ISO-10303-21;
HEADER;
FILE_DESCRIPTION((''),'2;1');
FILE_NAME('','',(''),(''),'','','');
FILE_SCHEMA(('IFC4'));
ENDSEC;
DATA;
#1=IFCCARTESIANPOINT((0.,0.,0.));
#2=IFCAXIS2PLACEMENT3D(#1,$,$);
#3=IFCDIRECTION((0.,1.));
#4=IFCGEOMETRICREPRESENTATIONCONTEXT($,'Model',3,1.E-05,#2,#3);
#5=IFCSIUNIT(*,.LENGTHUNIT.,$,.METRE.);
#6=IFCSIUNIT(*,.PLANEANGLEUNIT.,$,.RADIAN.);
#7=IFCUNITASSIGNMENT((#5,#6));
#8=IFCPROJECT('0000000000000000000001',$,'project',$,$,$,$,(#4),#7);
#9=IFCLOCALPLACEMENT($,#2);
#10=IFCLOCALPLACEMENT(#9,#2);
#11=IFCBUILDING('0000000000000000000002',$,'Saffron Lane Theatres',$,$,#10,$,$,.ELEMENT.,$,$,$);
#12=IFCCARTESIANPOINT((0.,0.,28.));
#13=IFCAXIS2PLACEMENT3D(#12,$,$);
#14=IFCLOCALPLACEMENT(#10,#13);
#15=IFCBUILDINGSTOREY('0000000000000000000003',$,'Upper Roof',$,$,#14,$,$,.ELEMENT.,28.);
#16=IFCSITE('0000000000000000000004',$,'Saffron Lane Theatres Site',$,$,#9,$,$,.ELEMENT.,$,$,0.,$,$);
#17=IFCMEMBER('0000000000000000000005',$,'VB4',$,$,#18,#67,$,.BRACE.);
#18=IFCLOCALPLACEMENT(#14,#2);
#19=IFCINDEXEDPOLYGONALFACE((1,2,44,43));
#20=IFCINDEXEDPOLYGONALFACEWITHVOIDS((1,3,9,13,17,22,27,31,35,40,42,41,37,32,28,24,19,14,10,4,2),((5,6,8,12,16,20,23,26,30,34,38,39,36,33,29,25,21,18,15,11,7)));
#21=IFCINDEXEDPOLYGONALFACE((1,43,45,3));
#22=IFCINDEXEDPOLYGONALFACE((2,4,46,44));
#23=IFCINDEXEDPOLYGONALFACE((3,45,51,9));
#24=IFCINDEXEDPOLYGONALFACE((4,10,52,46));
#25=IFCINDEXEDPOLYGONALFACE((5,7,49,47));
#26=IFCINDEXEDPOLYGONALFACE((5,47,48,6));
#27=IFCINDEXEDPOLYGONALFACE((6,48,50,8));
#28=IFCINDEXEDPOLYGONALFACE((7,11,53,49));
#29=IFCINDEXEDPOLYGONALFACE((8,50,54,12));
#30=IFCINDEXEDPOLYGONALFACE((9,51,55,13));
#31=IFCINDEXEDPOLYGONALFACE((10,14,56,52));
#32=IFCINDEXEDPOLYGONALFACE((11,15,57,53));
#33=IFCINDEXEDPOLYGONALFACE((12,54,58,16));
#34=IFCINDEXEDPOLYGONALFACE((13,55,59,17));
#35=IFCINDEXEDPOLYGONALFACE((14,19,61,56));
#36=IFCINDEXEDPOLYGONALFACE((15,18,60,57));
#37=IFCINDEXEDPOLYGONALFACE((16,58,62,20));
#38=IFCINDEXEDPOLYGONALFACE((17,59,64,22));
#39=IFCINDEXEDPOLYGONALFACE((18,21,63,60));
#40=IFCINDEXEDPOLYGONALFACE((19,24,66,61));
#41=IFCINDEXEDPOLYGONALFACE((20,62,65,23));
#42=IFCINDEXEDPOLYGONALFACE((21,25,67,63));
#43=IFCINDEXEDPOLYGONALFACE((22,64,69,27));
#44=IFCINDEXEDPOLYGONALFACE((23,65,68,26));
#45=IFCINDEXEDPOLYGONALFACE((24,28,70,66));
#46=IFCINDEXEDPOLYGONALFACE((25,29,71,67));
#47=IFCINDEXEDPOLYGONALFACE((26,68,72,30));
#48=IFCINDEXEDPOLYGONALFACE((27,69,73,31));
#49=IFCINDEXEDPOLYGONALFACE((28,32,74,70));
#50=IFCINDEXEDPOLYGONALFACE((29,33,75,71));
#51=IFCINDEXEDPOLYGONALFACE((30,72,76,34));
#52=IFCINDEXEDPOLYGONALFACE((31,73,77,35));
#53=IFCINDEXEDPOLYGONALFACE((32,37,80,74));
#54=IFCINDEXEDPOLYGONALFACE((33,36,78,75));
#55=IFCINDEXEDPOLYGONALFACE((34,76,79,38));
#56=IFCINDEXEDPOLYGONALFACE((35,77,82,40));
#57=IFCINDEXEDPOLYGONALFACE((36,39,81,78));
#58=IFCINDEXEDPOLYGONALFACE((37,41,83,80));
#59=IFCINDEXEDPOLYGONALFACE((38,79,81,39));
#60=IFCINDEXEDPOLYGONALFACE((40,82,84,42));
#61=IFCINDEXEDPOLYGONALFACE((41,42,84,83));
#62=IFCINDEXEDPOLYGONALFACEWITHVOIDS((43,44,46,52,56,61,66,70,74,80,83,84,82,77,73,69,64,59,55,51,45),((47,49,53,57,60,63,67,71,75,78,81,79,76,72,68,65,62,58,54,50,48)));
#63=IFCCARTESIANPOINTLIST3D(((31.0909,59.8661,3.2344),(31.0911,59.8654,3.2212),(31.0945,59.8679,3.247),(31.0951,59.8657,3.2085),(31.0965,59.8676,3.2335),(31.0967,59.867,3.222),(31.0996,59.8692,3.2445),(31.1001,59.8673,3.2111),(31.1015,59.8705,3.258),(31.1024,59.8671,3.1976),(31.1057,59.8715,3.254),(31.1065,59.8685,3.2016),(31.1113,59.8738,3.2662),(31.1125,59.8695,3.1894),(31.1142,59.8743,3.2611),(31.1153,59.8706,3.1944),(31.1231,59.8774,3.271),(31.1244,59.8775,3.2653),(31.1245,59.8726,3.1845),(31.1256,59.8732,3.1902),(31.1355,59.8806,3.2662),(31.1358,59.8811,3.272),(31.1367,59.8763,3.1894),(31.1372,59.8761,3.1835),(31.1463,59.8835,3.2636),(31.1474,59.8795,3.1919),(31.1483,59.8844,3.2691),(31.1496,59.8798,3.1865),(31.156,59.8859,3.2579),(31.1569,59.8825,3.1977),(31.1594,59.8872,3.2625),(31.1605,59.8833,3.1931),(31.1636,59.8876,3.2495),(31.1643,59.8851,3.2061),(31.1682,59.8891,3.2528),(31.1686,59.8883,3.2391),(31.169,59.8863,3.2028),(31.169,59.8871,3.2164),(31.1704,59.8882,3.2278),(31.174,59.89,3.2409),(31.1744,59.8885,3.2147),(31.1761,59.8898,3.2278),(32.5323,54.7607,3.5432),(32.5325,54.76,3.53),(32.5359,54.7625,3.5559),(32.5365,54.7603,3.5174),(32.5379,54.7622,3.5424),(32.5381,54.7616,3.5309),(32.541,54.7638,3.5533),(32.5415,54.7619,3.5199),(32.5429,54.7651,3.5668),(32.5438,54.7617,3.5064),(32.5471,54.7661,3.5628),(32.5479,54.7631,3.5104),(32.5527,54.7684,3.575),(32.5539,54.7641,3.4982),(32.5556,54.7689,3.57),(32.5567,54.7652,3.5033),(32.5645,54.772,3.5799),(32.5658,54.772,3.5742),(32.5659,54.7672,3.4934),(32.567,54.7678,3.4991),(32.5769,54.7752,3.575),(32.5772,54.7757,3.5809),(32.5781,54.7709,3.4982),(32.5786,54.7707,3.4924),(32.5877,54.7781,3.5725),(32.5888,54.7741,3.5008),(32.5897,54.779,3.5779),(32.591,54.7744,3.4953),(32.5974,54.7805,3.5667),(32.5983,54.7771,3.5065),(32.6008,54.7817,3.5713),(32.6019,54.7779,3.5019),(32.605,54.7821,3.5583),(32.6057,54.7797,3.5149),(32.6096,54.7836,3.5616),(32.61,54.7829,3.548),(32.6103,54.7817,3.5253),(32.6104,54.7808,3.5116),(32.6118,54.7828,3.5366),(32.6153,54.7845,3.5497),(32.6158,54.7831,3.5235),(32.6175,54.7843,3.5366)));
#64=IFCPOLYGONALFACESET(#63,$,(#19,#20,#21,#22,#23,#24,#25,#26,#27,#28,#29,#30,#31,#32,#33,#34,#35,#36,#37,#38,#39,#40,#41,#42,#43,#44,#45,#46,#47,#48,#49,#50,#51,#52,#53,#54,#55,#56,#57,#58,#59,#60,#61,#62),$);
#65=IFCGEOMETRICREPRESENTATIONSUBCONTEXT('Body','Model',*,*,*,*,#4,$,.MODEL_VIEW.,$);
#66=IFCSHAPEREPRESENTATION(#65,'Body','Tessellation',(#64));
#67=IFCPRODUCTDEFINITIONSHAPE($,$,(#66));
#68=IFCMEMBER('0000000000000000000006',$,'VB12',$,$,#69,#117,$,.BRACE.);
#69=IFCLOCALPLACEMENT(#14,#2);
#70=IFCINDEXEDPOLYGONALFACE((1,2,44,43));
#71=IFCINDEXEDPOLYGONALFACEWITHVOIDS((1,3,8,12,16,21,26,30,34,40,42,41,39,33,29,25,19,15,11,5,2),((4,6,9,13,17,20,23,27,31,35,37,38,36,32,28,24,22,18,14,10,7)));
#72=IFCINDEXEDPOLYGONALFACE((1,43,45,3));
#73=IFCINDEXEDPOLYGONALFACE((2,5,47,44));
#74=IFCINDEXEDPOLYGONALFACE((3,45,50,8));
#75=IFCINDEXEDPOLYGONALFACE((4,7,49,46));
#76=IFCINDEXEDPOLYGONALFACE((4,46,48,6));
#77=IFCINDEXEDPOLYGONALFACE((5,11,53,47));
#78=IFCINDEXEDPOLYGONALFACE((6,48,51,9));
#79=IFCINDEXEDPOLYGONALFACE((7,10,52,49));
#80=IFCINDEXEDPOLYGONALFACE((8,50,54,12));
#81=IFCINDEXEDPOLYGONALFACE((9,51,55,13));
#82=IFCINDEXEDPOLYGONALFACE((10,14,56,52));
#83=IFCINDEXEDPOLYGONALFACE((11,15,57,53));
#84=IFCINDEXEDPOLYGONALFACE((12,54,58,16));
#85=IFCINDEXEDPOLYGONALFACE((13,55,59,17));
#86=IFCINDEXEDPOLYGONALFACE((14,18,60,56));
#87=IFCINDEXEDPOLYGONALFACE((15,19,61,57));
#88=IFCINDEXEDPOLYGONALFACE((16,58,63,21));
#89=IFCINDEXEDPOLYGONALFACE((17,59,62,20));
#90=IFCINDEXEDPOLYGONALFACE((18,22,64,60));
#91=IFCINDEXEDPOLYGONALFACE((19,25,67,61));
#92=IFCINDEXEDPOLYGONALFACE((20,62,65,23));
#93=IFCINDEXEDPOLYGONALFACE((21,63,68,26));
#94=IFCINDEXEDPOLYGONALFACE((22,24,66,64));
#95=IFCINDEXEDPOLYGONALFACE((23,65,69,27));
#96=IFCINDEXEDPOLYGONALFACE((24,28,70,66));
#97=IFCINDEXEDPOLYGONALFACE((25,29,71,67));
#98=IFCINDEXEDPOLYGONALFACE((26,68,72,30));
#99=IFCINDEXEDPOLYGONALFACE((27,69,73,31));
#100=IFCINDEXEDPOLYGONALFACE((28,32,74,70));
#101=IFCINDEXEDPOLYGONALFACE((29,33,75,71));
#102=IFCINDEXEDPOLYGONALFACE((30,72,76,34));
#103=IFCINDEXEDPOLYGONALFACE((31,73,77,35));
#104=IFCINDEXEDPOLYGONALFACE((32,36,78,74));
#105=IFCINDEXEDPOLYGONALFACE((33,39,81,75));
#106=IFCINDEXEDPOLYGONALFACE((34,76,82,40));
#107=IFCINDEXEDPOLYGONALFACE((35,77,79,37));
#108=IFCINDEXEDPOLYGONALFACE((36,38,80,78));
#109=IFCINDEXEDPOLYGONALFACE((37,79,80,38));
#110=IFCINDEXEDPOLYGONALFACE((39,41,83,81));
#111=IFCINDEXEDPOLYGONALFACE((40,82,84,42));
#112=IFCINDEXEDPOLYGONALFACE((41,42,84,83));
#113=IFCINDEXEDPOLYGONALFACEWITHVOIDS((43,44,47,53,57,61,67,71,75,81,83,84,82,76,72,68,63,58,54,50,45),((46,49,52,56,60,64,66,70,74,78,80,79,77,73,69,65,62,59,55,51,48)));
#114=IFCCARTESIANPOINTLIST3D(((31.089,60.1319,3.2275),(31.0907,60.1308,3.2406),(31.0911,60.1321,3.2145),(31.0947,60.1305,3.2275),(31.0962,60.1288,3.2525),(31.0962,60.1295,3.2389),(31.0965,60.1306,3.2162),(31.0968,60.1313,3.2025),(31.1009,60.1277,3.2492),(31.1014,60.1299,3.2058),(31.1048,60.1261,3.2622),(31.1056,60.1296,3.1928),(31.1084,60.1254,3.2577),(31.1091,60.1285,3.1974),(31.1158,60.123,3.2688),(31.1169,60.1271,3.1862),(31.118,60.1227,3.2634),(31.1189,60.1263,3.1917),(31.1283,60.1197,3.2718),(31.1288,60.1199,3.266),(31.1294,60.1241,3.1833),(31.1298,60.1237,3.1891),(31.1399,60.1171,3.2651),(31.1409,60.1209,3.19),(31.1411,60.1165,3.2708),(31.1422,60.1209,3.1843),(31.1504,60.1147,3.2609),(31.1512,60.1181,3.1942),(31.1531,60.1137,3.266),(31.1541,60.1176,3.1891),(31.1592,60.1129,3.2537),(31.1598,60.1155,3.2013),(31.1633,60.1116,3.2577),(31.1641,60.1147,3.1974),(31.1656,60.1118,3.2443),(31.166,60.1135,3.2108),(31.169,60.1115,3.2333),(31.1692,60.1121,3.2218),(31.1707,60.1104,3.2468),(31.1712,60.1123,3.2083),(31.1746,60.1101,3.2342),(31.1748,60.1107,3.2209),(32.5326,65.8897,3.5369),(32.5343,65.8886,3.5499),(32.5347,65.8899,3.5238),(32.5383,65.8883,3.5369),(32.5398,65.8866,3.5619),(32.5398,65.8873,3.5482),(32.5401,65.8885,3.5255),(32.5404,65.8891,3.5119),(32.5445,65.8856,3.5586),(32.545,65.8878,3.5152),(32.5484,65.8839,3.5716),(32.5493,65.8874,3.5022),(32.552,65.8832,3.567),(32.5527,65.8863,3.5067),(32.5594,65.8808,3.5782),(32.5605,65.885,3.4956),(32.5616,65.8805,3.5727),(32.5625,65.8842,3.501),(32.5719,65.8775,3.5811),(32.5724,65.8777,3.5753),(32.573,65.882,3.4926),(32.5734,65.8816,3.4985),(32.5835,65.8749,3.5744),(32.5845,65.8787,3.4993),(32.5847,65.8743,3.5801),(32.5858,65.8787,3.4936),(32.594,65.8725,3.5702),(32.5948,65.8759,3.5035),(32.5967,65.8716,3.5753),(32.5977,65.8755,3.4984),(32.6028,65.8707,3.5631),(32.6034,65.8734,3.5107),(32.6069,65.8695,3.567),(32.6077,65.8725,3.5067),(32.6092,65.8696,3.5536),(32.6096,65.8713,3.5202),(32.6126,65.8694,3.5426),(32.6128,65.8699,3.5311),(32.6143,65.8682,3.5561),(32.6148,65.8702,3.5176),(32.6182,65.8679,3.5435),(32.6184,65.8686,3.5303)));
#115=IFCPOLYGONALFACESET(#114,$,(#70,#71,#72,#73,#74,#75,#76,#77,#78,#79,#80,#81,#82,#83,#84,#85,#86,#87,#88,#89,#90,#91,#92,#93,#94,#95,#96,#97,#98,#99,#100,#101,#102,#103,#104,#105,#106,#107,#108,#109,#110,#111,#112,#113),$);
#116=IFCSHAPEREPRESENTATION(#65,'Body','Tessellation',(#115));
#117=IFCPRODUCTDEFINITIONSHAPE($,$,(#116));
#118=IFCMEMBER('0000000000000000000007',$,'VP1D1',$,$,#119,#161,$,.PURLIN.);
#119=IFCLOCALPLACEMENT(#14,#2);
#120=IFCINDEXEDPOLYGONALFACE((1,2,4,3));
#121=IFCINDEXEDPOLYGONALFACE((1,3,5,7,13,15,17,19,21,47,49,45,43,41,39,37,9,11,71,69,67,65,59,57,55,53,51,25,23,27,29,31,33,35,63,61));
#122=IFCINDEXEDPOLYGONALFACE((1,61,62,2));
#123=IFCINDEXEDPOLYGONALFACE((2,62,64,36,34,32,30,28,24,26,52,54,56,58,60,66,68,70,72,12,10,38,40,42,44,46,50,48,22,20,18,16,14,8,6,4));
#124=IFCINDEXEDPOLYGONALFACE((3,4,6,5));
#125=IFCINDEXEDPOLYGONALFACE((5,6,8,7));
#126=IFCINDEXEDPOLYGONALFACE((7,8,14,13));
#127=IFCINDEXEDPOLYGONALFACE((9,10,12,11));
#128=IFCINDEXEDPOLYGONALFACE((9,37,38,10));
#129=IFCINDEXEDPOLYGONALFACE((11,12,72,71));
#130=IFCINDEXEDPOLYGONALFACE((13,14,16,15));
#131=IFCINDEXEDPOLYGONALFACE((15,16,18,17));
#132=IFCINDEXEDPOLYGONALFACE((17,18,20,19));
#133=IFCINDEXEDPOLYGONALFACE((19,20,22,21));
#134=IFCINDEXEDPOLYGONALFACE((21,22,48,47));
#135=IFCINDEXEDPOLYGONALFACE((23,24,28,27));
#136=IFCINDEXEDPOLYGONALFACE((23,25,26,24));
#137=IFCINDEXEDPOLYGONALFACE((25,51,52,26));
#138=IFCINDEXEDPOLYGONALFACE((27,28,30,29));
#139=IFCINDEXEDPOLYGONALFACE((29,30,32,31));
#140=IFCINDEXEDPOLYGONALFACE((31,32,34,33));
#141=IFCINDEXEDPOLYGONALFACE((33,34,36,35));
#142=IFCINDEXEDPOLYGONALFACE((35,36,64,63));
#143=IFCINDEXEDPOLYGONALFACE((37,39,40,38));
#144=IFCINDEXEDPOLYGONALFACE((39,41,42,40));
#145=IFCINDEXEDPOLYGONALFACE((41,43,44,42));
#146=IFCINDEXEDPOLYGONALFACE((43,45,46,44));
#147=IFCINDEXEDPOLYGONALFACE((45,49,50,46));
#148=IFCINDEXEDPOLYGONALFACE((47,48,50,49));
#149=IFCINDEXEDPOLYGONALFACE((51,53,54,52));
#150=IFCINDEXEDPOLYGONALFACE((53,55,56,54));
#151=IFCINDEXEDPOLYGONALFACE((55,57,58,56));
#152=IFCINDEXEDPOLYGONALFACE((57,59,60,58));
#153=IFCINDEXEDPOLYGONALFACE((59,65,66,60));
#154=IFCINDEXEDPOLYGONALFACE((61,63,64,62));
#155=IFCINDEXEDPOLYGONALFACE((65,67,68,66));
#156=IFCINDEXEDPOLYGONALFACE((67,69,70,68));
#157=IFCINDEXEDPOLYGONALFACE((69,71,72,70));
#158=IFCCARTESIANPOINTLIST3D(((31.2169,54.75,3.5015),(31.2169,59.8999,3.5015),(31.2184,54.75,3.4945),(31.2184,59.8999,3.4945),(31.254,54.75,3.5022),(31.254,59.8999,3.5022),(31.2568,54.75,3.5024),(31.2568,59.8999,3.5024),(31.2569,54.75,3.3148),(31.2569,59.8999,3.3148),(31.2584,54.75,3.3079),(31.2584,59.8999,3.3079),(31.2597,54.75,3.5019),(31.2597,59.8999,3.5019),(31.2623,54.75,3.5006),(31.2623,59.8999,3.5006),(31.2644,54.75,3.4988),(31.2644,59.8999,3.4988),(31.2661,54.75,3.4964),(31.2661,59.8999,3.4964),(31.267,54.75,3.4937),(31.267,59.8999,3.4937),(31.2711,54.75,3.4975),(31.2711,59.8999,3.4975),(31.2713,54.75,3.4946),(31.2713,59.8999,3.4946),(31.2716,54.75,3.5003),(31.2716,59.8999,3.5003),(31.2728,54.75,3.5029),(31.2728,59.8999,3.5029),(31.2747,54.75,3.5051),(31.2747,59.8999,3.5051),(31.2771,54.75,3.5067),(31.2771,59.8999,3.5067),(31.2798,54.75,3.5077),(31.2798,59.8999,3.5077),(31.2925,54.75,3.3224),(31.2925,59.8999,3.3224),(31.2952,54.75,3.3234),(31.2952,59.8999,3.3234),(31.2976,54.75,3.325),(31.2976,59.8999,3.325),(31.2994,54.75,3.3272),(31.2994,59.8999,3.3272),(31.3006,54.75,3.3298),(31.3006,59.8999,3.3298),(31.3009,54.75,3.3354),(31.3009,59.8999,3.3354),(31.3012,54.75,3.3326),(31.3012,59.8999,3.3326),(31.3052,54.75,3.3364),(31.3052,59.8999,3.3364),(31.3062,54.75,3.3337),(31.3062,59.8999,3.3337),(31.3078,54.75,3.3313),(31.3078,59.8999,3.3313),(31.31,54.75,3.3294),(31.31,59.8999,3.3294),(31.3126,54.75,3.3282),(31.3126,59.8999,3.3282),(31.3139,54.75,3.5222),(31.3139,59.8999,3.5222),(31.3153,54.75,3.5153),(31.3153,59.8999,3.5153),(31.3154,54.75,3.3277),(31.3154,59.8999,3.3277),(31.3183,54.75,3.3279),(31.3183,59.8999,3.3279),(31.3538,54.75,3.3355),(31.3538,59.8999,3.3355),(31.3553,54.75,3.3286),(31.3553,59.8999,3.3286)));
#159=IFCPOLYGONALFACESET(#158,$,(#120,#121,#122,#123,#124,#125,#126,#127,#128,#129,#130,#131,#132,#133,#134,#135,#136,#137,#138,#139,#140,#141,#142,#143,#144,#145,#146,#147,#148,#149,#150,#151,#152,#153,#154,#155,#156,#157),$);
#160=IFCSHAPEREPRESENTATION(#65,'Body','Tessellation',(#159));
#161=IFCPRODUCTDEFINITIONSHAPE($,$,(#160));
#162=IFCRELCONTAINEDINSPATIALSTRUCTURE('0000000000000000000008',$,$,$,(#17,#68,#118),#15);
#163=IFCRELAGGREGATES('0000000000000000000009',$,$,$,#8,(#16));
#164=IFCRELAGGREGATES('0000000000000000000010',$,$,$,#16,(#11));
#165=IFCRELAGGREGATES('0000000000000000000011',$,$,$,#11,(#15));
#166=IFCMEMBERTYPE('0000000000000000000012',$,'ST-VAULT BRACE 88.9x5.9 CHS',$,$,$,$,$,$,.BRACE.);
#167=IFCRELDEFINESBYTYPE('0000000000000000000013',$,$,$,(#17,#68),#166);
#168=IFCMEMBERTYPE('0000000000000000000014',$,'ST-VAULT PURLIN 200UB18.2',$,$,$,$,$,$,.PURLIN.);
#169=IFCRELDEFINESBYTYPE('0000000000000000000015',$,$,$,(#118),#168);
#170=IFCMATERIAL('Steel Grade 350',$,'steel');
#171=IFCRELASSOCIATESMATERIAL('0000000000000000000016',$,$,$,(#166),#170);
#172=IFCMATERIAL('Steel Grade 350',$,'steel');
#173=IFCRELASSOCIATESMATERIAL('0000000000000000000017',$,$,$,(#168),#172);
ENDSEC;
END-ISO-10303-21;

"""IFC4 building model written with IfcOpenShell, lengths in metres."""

from ifc_helpers import new_model, si_unit, direction, frame, origin, origin_2d, place, context, subcontext, project, spatial, hollow_circle, i_section, extrude, material, material_profile, profile_set, type_object, element, save


model = new_model("IFC4")

# Units and contexts
model_context = context("Model", 3, precision=1e-05, world=origin(), true_north=direction((0.0, 1.0)))
body_context = subcontext(model_context, "Body", "Model", "MODEL_VIEW")
ifc_project = project(units=[si_unit("LENGTHUNIT", "METRE"), si_unit("PLANEANGLEUNIT", "RADIAN")], contexts=[model_context])

# Site, building, storey
site_placement = place(None, origin())
site = spatial("IfcSite", under=ifc_project, at=site_placement, Name="Saffron Lane Theatres Site", CompositionType="ELEMENT", RefElevation=0.0)
building_placement = place(site_placement, origin())
building = spatial("IfcBuilding", under=site, at=building_placement, Name="Saffron Lane Theatres", CompositionType="ELEMENT")
storey_placement = place(building_placement, frame((0.0, 0.0, 28.0)))
storey = spatial("IfcBuildingStorey", under=building, at=storey_placement, Name="Upper Roof", CompositionType="ELEMENT", Elevation=28.0)

# Members
ifc_material_1 = material(Name="Steel Grade 350", Category="steel")
ifc_material_profile_1 = material_profile(ifc_material_1, hollow_circle(Radius=0.0444, WallThickness=0.0059, at=origin_2d()))
ifc_profile_set_1 = profile_set([ifc_material_profile_1], Name="Steel Grade 350")
member_type_1 = type_object("IfcMemberType", Name="ST-VAULT BRACE 88.9x5.9 CHS", PredefinedType="BRACE", material=ifc_profile_set_1)
member_1_placement = place(storey_placement, frame((31.1333, 59.8777, 3.2278), z_axis=(0.271246, -0.960754, 0.058118), x_axis=(0.962381, 0.271705, 0.0)))
element("IfcMember", 1, at=member_1_placement, inside=storey, type_object=member_type_1, Name="VB4", PredefinedType="BRACE", context=body_context, shape_type="SweptSolid", body=[
    extrude(hollow_circle(Radius=0.0444, WallThickness=0.0059, at=origin_2d()), origin(), (0.0, 0.0, 1.0), 5.314),
])
member_2_placement = place(storey_placement, frame((31.1321, 60.1211, 3.2275), z_axis=(0.242864, 0.968663, 0.052039), x_axis=(-0.969978, 0.243194, 0.0)))
element("IfcMember", 2, at=member_2_placement, inside=storey, type_object=member_type_1, Name="VB12", PredefinedType="BRACE", context=body_context, shape_type="SweptSolid", body=[
    extrude(hollow_circle(Radius=0.0444, WallThickness=0.0059, at=origin_2d()), origin(), (0.0, 0.0, 1.0), 5.9441),
])
ifc_material_2 = material(Name="Steel Grade 350", Category="steel")
ifc_material_profile_2 = material_profile(ifc_material_2, i_section(OverallWidth=0.0991, OverallDepth=0.198, WebThickness=0.0044, FlangeThickness=0.0071, FilletRadius=0.011, at=origin_2d()))
ifc_profile_set_2 = profile_set([ifc_material_profile_2], Name="Steel Grade 350")
member_type_2 = type_object("IfcMemberType", Name="ST-VAULT PURLIN 200UB18.2", PredefinedType="PURLIN", material=ifc_profile_set_2)
for number, where, z_axis, x_axis, name in (
    (3, (31.2861, 54.75, 3.415), (0.0, 1.0, 0.0), (0.977816, 0.0, 0.209466), "VP1D1"),
):
    element("IfcMember", number, at=place(storey_placement, frame(where, z_axis=z_axis, x_axis=x_axis)), inside=storey, type_object=member_type_2, Name=name, PredefinedType="PURLIN", context=body_context, shape_type="SweptSolid", body=[
        extrude(i_section(OverallWidth=0.0991, OverallDepth=0.198, WebThickness=0.0044, FlangeThickness=0.0071, FilletRadius=0.011, at=origin_2d()), origin(), (0.0, 0.0, 1.0), 5.1499),
    ])

save(model, "model.ifc")
